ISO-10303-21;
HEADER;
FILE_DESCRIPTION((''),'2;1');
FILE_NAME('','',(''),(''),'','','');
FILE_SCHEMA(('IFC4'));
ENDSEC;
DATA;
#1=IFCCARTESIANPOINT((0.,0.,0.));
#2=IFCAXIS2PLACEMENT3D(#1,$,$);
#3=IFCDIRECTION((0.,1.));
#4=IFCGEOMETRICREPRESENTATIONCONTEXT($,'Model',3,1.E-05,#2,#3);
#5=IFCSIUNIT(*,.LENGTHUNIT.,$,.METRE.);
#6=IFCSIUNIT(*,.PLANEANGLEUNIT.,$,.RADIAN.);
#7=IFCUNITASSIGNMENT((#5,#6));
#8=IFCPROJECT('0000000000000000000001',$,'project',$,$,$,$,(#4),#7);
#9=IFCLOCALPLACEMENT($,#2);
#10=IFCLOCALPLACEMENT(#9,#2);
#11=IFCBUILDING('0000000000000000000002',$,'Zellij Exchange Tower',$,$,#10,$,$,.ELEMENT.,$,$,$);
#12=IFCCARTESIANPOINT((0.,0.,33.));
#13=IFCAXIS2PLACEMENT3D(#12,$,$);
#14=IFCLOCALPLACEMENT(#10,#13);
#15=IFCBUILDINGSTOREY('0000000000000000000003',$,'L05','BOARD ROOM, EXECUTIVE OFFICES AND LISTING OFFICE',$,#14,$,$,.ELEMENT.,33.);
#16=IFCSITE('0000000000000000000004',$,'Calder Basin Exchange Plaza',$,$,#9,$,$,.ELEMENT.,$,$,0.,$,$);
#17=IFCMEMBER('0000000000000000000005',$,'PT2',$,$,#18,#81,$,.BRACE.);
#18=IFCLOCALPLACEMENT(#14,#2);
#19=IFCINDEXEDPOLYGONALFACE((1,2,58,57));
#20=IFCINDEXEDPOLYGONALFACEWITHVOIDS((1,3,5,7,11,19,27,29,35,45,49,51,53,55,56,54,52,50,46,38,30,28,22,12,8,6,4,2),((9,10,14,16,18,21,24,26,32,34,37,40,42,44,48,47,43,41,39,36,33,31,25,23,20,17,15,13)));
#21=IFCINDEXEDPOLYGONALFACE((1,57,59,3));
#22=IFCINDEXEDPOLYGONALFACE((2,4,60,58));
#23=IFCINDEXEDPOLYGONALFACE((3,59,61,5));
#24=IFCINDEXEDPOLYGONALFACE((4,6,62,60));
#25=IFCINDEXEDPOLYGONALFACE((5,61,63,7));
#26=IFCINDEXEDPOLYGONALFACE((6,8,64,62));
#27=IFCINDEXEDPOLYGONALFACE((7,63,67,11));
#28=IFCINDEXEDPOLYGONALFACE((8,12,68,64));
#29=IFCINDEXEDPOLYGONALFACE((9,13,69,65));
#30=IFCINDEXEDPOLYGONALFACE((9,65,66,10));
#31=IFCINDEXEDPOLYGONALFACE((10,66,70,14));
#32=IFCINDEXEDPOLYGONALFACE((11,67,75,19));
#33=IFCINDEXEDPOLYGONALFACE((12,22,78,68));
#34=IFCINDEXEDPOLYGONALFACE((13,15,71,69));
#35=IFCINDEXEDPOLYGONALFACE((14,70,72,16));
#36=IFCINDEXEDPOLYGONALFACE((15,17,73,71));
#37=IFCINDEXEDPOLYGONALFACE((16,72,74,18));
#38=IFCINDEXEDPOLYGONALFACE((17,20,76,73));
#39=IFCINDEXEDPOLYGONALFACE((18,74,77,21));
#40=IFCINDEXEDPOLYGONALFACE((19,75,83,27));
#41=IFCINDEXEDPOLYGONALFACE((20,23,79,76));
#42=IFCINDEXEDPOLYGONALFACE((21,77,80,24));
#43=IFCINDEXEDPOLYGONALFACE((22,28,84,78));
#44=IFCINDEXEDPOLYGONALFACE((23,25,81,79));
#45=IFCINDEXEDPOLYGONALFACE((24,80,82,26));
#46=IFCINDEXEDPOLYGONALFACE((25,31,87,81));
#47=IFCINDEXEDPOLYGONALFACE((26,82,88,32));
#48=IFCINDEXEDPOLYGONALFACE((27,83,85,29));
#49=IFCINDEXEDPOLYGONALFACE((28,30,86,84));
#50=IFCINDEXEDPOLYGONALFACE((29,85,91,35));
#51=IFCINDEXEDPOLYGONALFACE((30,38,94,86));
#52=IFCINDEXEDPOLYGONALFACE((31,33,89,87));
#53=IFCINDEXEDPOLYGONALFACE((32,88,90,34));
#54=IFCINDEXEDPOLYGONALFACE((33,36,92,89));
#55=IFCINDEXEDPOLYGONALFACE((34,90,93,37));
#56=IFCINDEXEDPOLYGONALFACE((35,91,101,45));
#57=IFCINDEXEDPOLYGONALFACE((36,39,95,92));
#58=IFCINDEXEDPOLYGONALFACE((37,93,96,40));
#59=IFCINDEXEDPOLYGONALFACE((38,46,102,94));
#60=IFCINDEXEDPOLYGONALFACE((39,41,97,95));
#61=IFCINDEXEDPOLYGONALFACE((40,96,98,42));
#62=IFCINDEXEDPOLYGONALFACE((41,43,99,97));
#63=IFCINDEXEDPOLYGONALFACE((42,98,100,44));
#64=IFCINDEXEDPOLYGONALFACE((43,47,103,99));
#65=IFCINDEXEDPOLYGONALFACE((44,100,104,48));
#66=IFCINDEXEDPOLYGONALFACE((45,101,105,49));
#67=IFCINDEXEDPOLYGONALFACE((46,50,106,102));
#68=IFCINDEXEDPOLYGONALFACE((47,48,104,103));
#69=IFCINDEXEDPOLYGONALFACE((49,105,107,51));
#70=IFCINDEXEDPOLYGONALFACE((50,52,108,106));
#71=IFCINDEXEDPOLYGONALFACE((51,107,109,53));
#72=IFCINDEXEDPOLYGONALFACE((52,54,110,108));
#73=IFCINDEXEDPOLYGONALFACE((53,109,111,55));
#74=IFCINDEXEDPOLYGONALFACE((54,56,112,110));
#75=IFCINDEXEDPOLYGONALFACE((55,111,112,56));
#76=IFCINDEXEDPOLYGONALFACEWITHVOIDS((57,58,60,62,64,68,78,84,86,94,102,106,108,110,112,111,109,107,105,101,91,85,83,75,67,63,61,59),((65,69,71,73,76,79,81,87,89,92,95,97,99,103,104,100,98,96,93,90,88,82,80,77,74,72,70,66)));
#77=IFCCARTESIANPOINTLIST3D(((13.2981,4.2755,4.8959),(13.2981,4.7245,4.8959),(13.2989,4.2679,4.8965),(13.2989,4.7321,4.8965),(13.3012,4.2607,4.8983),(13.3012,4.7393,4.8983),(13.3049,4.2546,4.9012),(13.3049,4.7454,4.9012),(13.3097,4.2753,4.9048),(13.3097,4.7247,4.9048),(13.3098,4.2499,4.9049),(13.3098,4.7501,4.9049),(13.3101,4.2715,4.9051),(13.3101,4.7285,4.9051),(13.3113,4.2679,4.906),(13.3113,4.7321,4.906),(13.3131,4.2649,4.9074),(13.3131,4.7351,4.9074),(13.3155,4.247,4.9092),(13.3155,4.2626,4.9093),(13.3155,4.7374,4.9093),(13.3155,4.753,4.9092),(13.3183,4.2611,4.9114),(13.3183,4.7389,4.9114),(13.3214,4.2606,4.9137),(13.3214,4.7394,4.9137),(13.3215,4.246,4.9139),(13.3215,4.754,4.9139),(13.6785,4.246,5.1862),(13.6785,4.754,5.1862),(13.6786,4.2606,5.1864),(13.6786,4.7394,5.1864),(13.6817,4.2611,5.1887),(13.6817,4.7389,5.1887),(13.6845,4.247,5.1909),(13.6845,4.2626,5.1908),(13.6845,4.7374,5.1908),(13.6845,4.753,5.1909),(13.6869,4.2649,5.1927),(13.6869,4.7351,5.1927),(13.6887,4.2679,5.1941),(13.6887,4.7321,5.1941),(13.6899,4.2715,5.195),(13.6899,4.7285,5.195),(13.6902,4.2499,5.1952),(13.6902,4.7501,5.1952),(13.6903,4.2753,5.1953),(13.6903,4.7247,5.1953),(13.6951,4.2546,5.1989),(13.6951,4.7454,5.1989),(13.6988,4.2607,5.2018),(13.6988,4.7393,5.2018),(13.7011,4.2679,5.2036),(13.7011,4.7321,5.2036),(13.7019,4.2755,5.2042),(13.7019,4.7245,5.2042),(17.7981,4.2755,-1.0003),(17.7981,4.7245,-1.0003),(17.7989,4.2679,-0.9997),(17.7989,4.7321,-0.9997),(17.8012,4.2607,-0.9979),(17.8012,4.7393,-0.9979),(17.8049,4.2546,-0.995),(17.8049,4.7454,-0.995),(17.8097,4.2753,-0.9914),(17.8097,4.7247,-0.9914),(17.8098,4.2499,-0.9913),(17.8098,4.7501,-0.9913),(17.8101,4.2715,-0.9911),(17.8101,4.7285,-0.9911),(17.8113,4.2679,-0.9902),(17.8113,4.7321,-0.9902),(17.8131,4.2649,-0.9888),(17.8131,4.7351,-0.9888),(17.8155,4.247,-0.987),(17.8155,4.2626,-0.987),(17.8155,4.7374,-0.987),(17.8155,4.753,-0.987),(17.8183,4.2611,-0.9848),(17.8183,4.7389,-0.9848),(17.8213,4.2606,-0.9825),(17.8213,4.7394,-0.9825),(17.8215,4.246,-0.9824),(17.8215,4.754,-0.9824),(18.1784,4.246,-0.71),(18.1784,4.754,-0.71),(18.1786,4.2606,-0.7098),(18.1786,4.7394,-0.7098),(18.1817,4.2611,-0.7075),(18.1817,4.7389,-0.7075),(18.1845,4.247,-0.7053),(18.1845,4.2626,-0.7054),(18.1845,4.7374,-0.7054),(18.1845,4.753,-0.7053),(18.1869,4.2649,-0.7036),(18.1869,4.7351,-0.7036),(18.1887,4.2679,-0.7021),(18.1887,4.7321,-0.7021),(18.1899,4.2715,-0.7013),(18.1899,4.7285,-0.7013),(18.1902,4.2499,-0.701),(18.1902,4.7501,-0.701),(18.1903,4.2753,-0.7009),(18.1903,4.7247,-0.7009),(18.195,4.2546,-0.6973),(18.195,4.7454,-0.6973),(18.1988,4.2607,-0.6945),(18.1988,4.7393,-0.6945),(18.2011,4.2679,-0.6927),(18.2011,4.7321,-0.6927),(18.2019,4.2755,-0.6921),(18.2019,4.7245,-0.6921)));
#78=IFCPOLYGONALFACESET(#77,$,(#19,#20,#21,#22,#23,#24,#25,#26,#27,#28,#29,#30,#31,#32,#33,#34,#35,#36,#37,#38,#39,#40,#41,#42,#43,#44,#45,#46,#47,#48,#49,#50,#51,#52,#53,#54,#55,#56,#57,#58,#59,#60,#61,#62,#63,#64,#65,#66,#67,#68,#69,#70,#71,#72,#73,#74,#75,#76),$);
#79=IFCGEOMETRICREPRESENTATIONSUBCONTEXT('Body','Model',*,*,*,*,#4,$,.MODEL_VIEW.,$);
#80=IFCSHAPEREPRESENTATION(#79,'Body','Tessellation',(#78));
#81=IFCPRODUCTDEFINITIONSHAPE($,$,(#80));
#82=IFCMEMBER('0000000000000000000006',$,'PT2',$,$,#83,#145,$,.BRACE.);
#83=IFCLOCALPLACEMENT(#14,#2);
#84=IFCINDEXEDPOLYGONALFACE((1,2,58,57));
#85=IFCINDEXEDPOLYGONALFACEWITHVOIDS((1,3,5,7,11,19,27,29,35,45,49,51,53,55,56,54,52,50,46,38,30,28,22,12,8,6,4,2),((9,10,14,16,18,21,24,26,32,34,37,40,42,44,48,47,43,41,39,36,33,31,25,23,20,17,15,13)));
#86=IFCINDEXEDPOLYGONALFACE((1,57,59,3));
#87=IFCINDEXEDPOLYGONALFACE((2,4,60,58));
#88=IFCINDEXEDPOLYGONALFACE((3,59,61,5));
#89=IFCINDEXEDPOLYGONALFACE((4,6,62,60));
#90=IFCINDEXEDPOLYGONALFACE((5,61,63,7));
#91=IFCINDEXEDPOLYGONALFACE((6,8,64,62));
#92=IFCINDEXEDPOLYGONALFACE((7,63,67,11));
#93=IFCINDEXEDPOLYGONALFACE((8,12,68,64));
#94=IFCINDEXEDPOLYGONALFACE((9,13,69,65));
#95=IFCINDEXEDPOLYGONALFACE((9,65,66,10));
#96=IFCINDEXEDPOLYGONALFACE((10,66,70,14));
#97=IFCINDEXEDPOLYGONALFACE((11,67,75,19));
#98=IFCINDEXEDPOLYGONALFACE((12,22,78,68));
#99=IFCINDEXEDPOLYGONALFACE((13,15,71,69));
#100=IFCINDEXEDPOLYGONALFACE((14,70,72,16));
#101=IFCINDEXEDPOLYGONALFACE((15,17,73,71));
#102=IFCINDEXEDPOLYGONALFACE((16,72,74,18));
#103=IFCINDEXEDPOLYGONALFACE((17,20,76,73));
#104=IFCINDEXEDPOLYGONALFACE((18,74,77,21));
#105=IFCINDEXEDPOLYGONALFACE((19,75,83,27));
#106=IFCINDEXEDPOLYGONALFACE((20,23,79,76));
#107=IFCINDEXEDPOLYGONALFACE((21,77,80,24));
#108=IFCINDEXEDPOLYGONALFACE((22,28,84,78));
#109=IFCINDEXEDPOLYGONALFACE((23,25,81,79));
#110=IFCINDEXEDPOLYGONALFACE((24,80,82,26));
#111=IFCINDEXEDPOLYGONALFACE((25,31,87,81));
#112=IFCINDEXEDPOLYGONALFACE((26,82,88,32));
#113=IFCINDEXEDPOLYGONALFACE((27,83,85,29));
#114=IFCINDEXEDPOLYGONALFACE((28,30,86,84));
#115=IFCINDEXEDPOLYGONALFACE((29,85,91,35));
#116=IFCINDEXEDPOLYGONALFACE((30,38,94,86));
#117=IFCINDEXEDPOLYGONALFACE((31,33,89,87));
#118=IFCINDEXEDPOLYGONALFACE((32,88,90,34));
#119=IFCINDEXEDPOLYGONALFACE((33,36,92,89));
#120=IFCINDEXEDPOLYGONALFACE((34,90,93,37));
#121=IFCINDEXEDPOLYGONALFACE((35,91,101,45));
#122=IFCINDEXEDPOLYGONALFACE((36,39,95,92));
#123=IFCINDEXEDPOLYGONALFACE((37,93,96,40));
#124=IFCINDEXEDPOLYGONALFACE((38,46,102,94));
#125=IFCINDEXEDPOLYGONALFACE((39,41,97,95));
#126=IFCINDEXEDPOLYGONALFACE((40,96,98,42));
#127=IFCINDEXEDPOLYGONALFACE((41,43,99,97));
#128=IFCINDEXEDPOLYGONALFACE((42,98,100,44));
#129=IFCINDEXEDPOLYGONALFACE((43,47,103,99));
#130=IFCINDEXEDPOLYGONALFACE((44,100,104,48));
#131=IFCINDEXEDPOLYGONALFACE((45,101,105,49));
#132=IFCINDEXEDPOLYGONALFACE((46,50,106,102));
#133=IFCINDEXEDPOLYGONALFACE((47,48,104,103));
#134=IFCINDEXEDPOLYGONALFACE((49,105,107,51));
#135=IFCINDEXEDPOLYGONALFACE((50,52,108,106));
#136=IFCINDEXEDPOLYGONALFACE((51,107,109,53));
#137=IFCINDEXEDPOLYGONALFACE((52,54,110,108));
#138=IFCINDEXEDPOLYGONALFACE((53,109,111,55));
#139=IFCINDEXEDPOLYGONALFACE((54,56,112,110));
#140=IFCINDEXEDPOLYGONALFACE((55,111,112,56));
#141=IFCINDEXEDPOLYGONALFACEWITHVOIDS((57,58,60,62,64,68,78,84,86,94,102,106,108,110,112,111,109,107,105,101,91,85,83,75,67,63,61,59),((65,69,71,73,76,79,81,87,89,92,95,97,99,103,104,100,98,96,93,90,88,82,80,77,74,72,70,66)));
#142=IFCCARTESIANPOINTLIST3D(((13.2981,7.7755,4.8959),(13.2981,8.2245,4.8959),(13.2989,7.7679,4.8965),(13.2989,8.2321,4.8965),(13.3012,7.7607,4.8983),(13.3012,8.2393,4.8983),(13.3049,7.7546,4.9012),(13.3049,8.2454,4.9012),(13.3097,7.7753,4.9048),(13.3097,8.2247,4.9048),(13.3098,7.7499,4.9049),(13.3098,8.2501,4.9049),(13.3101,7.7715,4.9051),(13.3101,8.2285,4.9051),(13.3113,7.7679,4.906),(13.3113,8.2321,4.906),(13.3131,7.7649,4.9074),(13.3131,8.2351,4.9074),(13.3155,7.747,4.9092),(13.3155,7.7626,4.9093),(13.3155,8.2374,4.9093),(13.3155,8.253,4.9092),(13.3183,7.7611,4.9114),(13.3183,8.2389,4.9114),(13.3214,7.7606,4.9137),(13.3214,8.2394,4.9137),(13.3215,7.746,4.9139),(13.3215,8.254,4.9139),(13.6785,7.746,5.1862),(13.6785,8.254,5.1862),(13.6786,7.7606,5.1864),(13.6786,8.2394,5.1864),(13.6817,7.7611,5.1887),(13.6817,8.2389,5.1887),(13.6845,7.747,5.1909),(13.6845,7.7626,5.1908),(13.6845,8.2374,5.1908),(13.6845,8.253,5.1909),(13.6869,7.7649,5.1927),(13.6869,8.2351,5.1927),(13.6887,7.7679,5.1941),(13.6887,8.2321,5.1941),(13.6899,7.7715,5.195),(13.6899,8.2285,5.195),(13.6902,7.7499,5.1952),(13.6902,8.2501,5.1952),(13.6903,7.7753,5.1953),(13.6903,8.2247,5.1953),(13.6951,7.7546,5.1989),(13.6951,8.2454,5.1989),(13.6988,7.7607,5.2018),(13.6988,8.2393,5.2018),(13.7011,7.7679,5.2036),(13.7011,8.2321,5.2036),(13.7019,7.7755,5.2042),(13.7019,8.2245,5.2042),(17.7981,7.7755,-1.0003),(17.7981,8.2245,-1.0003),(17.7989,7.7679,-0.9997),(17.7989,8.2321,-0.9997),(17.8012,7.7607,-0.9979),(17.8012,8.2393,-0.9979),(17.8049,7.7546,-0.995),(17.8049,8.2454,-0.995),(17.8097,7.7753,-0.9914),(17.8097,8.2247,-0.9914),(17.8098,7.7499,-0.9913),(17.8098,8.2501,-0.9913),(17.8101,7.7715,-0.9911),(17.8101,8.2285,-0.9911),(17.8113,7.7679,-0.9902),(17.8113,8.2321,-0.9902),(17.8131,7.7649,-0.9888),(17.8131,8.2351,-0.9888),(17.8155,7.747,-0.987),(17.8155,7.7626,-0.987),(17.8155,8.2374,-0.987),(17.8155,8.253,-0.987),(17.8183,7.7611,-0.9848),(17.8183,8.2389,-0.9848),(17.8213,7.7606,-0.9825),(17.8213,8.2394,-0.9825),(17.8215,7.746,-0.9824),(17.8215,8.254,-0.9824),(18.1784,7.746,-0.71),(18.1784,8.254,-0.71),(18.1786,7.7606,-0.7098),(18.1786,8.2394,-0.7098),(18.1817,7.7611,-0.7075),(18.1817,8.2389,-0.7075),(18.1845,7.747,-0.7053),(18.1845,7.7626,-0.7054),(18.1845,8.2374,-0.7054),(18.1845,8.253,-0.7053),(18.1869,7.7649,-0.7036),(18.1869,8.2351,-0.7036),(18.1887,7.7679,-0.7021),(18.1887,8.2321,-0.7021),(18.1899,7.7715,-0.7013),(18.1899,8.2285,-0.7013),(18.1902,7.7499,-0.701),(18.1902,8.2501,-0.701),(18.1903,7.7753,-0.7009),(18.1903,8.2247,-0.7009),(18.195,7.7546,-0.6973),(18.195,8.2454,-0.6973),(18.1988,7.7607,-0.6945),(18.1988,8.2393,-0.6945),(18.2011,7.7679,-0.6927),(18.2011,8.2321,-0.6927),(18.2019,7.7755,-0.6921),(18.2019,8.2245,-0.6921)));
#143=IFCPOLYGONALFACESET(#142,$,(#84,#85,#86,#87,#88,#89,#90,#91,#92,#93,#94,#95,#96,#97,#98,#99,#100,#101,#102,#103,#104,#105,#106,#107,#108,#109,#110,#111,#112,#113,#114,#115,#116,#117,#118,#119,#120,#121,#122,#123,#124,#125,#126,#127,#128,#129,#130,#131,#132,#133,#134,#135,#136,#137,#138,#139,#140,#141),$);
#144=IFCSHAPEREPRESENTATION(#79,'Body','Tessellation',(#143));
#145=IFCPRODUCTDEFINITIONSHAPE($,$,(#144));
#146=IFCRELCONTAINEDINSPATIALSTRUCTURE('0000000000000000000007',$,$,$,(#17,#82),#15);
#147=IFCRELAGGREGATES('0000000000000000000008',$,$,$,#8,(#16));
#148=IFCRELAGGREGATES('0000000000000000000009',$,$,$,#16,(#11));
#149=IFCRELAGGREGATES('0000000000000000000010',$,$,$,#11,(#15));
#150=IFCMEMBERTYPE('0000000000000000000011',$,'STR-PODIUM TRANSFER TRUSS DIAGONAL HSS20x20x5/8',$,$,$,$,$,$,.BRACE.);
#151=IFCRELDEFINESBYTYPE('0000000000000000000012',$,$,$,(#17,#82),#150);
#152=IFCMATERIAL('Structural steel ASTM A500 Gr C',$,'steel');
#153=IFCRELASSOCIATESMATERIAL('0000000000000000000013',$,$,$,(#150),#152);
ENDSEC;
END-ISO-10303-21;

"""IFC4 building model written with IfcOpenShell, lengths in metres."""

from ifc_helpers import new_model, si_unit, direction, frame, origin, origin_2d, place, context, subcontext, project, spatial, hollow_rectangle, extrude, material, material_profile, profile_set, type_object, element, save


model = new_model("IFC4")

# Units and contexts
model_context = context("Model", 3, precision=1e-05, world=origin(), true_north=direction((0.0, 1.0)))
body_context = subcontext(model_context, "Body", "Model", "MODEL_VIEW")
ifc_project = project(units=[si_unit("LENGTHUNIT", "METRE"), si_unit("PLANEANGLEUNIT", "RADIAN")], contexts=[model_context])

# Site, building, storey
site_placement = place(None, origin())
site = spatial("IfcSite", under=ifc_project, at=site_placement, Name="Calder Basin Exchange Plaza", CompositionType="ELEMENT", RefElevation=0.0)
building_placement = place(site_placement, origin())
building = spatial("IfcBuilding", under=site, at=building_placement, Name="Zellij Exchange Tower", CompositionType="ELEMENT")
storey_placement = place(building_placement, frame((0.0, 0.0, 33.0)))
storey = spatial("IfcBuildingStorey", under=building, at=storey_placement, Name="L05", Description="BOARD ROOM, EXECUTIVE OFFICES AND LISTING OFFICE", CompositionType="ELEMENT", Elevation=33.0)

# Members
ifc_material_1 = material(Name="Structural steel ASTM A500 Gr C", Category="steel")
ifc_material_profile_1 = material_profile(ifc_material_1, hollow_rectangle(XDim=0.5081, YDim=0.5081, WallThickness=0.0146, InnerFilletRadius=0.0146, OuterFilletRadius=0.0295, at=origin_2d()), Name="STR-PODIUM TRANSFER TRUSS DIAGONAL HSS20x20x5/8")
ifc_profile_set_1 = profile_set([ifc_material_profile_1], Name="Structural steel ASTM A500 Gr C")
member_type_1 = type_object("IfcMemberType", Name="STR-PODIUM TRANSFER TRUSS DIAGONAL HSS20x20x5/8", PredefinedType="BRACE", material=ifc_profile_set_1)
for number, where, z_axis, x_axis, name in (
    (1, (13.5, 4.5, 5.05), (0.606694, 0.0, -0.794936), (0.0, 1.0, 0.0), "PT2"),
    (2, (13.5, 8.0, 5.05), (0.606694, 0.0, -0.794936), (0.0, 1.0, 0.0), "PT2"),
):
    element("IfcMember", number, at=place(storey_placement, frame(where, z_axis=z_axis, x_axis=x_axis)), inside=storey, type_object=member_type_1, Name=name, PredefinedType="BRACE", context=body_context, shape_type="SweptSolid", body=[
        extrude(hollow_rectangle(XDim=0.5081, YDim=0.5081, WallThickness=0.0146, InnerFilletRadius=0.0146, OuterFilletRadius=0.0295, at=origin_2d()), origin(), (0.0, 0.0, 1.0), 7.4172),
    ])

save(model, "model.ifc")
